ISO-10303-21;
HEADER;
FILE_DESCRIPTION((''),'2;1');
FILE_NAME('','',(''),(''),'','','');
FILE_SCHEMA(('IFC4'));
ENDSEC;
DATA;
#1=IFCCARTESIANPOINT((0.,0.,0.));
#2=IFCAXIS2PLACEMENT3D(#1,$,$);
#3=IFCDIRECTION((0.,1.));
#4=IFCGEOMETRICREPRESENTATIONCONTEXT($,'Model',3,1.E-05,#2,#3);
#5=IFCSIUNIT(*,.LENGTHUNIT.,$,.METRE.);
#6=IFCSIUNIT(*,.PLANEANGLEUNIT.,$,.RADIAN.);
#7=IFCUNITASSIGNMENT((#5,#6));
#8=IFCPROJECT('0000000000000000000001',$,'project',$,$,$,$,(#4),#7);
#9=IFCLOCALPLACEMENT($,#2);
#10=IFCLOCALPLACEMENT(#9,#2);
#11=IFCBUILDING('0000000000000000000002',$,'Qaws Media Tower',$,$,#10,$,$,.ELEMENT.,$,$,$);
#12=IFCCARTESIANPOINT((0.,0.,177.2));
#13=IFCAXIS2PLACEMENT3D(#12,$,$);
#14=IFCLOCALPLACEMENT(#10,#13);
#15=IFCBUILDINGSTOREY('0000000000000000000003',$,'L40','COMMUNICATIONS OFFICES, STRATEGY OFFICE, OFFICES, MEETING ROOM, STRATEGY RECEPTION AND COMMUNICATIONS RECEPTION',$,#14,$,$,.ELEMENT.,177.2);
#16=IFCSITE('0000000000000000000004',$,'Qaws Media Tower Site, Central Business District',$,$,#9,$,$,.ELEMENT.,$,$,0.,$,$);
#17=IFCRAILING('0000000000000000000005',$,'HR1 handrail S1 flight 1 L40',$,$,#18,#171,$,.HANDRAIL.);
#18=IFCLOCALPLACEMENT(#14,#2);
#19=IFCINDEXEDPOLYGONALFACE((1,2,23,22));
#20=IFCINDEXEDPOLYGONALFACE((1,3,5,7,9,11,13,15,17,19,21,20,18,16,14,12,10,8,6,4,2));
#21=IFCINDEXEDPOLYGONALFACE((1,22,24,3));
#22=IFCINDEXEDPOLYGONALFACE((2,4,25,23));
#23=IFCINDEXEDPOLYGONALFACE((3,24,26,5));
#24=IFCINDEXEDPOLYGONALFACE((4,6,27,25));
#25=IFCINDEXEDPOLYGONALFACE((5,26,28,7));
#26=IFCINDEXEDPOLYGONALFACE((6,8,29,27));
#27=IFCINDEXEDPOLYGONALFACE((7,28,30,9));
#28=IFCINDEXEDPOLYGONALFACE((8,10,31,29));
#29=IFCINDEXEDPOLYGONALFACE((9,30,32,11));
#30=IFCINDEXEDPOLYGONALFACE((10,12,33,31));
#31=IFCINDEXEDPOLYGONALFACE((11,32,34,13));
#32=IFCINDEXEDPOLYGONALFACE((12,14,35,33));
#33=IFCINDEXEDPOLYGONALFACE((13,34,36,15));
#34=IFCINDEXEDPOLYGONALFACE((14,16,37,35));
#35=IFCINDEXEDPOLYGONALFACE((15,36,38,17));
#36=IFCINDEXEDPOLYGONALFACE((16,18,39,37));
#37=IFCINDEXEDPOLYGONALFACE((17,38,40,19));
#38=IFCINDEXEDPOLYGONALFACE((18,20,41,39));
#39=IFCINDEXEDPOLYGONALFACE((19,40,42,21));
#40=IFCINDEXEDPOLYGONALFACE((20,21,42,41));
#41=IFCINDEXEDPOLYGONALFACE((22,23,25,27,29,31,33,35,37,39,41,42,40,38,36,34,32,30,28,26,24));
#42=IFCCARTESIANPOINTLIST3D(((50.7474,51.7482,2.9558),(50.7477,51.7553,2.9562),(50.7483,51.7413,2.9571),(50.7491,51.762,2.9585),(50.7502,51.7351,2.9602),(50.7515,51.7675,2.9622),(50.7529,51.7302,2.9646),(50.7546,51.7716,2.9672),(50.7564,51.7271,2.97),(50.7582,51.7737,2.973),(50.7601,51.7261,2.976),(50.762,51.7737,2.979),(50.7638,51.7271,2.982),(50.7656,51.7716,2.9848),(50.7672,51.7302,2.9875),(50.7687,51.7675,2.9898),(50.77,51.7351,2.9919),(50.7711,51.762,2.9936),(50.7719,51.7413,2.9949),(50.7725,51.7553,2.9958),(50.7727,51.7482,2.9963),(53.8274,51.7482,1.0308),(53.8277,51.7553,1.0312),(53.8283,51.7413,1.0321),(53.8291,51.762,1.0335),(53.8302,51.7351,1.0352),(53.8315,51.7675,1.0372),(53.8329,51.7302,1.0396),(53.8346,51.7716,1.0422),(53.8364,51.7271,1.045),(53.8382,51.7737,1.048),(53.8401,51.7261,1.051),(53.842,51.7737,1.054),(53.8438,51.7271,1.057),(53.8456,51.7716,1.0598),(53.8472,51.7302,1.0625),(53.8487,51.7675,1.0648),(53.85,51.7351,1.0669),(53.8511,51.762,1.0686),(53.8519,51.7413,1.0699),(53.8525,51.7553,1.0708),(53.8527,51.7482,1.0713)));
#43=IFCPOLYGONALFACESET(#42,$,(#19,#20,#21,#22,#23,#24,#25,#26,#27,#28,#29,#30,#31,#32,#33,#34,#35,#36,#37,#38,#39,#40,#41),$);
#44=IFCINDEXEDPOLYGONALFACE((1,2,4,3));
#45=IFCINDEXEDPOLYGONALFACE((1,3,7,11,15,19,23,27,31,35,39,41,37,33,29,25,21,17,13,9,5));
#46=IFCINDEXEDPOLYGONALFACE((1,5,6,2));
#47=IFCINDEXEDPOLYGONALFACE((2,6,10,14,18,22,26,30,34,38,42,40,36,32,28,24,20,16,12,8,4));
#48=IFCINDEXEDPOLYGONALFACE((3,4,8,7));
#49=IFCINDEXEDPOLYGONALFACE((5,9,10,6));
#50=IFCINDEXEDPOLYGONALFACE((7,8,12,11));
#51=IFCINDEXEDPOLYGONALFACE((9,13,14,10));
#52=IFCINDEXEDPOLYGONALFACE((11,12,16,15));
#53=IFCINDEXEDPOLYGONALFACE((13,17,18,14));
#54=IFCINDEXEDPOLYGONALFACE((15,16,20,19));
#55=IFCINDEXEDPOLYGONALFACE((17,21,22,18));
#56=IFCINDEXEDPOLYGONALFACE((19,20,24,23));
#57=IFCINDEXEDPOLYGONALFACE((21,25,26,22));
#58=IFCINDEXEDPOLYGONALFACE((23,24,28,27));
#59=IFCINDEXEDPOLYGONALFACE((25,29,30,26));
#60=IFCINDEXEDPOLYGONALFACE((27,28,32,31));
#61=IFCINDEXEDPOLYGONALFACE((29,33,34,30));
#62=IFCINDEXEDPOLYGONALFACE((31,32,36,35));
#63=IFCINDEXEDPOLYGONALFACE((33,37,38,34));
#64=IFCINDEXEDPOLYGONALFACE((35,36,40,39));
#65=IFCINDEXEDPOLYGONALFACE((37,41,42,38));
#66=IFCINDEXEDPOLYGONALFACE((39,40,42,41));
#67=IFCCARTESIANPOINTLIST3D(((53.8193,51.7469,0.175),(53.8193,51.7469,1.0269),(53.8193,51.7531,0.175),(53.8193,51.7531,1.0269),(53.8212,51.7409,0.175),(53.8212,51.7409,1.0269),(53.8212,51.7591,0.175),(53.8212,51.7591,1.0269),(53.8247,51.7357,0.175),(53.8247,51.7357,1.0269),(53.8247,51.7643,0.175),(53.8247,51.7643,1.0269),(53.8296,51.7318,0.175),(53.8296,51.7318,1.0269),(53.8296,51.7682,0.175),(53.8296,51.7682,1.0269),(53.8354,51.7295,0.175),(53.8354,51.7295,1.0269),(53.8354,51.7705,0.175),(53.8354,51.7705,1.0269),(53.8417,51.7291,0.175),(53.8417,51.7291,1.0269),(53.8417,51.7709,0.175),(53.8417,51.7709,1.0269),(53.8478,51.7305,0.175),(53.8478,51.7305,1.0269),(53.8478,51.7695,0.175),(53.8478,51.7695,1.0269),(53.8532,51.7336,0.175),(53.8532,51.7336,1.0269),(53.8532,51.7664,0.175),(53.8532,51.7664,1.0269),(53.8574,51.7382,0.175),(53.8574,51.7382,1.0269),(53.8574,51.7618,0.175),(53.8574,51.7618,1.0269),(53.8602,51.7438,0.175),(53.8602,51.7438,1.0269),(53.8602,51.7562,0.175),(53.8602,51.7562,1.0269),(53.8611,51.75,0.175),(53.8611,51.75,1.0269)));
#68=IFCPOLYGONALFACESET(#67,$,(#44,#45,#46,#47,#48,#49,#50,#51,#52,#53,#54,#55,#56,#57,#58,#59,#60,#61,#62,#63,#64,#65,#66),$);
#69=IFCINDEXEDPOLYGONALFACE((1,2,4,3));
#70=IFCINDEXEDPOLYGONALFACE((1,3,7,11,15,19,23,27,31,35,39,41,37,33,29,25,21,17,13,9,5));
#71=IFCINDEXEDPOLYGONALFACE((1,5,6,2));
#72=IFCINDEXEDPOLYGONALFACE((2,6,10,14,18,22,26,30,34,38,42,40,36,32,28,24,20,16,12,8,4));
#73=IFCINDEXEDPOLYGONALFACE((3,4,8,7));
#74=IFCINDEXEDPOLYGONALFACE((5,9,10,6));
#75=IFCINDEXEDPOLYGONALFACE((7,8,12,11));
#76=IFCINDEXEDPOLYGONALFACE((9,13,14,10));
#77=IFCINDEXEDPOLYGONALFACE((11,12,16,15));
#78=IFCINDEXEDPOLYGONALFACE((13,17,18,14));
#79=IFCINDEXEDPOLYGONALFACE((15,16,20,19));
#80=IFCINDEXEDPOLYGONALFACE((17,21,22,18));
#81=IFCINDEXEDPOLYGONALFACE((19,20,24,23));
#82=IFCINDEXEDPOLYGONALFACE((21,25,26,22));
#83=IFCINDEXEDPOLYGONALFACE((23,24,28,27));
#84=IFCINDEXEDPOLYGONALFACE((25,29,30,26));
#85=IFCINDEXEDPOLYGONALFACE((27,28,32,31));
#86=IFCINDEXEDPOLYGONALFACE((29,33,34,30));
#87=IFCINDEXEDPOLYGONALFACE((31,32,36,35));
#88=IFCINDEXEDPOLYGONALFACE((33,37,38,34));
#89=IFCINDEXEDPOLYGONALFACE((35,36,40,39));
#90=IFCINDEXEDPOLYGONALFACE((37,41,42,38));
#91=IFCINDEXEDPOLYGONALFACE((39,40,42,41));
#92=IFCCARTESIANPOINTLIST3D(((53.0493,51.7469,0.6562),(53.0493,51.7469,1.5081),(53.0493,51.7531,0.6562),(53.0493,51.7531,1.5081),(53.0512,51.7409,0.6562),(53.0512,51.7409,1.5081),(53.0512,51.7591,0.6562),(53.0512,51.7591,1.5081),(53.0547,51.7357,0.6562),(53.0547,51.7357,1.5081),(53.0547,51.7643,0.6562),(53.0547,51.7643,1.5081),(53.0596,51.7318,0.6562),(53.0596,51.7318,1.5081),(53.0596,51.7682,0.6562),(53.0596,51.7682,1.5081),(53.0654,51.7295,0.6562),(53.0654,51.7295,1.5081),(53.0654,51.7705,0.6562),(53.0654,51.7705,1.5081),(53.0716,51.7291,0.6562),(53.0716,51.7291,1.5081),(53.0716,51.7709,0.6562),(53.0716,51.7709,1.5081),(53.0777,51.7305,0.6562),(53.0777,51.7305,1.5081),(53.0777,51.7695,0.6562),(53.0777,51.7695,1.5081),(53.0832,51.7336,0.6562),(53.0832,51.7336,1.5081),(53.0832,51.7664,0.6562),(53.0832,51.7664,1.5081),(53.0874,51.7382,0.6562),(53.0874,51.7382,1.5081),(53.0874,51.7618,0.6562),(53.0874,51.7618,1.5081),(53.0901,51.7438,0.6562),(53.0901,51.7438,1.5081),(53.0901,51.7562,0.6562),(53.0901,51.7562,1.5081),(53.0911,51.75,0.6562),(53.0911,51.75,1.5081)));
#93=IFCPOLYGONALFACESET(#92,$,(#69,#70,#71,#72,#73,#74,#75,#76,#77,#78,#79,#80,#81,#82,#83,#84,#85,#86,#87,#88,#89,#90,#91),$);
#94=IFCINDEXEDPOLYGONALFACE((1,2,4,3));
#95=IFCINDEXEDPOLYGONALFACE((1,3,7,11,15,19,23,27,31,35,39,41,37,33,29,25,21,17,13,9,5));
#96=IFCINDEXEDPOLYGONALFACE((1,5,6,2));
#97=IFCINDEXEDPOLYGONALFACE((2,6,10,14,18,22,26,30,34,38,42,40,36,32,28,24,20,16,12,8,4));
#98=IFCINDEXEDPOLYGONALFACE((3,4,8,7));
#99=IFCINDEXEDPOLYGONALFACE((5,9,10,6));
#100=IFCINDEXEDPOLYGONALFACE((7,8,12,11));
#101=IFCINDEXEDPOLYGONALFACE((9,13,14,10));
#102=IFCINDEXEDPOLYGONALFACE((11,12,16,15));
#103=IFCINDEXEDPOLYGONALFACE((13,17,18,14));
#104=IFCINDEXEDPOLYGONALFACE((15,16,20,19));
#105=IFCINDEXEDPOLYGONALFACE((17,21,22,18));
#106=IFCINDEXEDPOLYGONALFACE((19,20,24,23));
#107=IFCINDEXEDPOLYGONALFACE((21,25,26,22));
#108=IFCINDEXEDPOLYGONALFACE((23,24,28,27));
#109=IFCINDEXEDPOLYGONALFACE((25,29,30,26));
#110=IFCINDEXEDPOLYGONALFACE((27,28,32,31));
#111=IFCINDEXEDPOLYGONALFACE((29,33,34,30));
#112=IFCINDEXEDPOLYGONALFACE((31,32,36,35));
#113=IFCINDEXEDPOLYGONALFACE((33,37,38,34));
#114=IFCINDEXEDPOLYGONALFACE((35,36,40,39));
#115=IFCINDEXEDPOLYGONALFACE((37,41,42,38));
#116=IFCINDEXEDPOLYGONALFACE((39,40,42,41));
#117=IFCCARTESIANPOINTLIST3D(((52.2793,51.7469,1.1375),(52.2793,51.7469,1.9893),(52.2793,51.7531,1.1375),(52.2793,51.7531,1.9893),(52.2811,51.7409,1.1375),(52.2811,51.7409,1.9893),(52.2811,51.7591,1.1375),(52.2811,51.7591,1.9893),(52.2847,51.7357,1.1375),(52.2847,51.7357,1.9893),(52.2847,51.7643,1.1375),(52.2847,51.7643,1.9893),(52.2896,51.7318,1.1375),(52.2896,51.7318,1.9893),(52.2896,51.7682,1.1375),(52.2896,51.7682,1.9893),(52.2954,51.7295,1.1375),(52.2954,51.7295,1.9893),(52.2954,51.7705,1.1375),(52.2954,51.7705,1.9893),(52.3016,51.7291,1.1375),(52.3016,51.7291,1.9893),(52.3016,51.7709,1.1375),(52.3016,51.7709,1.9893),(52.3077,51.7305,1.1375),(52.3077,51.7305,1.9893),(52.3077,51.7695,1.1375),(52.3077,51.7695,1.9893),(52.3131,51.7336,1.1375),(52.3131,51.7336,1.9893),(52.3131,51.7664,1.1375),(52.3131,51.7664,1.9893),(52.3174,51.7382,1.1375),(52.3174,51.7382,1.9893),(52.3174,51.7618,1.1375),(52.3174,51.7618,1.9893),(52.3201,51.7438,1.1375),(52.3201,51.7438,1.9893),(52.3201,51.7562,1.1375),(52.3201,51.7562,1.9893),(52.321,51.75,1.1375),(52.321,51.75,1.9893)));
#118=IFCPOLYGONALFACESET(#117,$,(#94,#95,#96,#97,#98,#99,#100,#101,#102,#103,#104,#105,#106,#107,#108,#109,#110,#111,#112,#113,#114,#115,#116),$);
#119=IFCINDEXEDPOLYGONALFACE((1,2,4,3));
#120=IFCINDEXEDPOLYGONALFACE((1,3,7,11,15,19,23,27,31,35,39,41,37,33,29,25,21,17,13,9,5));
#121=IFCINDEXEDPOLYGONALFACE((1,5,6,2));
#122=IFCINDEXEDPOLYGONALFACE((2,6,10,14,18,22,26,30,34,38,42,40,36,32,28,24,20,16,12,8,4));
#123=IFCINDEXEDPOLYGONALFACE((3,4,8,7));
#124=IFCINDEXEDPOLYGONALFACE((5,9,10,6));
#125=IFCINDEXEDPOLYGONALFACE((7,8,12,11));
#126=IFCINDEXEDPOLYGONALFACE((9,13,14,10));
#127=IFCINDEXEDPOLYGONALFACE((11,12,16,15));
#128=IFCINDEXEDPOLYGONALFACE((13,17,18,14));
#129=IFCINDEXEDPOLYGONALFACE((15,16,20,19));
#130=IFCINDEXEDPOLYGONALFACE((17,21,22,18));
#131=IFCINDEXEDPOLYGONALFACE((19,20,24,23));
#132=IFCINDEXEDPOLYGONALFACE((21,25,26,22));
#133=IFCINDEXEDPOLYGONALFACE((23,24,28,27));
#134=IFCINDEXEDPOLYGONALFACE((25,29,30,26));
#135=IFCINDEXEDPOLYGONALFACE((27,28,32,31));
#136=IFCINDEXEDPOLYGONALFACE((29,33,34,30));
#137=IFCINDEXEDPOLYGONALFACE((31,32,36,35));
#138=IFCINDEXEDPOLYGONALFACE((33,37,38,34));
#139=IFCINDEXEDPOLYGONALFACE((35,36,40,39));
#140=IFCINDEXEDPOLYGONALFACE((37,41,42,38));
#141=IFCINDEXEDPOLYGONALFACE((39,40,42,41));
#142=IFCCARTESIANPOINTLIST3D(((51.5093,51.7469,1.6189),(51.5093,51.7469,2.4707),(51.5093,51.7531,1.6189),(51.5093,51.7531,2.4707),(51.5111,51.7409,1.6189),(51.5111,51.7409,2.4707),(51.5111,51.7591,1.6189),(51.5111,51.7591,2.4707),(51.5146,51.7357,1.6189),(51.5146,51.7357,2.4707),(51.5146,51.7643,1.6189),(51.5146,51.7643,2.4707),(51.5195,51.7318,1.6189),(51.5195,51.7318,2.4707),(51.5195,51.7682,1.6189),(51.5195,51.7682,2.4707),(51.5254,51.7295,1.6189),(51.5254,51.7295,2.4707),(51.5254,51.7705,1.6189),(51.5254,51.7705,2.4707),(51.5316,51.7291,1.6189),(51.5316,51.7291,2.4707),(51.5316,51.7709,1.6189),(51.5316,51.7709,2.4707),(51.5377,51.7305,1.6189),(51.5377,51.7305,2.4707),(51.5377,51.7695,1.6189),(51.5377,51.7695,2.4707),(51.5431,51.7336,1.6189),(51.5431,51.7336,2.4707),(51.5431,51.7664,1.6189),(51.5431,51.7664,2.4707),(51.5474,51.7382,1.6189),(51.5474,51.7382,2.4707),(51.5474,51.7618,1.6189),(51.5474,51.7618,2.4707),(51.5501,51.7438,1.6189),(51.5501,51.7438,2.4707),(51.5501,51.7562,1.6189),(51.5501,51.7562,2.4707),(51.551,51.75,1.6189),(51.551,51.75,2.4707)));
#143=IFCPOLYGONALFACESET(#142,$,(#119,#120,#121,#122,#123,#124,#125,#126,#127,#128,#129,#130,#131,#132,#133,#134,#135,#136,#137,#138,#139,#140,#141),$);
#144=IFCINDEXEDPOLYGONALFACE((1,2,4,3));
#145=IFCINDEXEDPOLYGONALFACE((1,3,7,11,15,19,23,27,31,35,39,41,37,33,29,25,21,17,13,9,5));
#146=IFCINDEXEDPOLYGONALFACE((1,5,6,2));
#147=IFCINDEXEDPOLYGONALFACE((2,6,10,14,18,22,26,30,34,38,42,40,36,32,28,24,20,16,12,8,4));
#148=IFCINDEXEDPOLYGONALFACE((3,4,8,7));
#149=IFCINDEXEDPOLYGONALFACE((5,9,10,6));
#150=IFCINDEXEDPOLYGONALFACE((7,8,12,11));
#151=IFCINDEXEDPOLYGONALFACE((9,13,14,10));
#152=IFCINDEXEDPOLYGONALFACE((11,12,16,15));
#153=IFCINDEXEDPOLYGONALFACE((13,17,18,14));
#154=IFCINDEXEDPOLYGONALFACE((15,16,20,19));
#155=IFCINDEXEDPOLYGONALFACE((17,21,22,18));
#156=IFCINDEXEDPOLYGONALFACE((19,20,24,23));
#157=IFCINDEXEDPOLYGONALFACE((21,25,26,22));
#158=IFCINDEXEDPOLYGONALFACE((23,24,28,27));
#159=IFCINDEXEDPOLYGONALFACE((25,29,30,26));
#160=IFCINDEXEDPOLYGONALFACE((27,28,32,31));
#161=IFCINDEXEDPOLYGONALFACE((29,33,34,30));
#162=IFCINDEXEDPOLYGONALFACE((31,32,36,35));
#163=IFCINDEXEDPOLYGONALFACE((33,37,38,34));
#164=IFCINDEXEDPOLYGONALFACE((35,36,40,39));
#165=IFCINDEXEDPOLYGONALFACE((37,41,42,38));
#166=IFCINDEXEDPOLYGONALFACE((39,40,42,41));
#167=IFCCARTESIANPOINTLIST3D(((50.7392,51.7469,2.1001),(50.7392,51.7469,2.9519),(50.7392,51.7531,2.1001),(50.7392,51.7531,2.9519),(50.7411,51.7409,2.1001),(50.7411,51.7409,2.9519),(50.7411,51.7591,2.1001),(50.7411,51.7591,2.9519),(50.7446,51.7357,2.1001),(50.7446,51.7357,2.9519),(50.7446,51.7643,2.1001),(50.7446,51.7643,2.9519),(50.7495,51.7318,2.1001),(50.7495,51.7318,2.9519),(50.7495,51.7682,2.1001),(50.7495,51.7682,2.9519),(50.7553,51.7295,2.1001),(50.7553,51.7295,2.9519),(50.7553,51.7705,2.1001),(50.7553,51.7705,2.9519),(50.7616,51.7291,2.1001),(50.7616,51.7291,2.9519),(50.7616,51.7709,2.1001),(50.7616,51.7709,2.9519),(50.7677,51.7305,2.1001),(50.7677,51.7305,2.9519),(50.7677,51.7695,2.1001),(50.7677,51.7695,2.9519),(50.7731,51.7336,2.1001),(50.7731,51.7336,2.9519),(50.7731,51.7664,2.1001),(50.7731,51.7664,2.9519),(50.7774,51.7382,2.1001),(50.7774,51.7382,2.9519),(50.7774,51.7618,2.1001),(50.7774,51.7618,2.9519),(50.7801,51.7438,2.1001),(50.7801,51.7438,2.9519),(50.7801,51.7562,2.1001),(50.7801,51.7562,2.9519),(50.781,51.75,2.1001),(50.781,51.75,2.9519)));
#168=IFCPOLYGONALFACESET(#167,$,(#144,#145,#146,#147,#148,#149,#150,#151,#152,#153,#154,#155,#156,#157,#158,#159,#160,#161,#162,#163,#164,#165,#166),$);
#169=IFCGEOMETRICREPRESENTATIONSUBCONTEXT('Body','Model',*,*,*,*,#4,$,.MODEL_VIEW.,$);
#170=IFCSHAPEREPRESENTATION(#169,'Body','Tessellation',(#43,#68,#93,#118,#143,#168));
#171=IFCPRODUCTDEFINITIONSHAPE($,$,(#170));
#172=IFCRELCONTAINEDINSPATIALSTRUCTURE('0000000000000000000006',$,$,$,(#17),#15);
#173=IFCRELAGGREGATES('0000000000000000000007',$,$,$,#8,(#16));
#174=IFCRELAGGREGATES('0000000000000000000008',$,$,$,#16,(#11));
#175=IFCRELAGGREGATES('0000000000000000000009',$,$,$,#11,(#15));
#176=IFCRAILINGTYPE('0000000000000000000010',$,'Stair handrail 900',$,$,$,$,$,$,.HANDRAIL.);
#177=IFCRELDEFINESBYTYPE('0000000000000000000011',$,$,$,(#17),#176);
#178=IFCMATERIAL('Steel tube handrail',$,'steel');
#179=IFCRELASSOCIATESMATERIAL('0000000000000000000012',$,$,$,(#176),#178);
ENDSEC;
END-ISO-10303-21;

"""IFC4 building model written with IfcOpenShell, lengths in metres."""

from ifc_helpers import new_model, si_unit, direction, frame, origin, origin_2d, place, context, subcontext, project, spatial, circle, extrude, material, type_object, element, save


model = new_model("IFC4")

# Units and contexts
model_context = context("Model", 3, precision=1e-05, world=origin(), true_north=direction((0.0, 1.0)))
body_context = subcontext(model_context, "Body", "Model", "MODEL_VIEW")
ifc_project = project(units=[si_unit("LENGTHUNIT", "METRE"), si_unit("PLANEANGLEUNIT", "RADIAN")], contexts=[model_context])

# Site, building, storey
site_placement = place(None, origin())
site = spatial("IfcSite", under=ifc_project, at=site_placement, Name="Qaws Media Tower Site, Central Business District", CompositionType="ELEMENT", RefElevation=0.0)
building_placement = place(site_placement, origin())
building = spatial("IfcBuilding", under=site, at=building_placement, Name="Qaws Media Tower", CompositionType="ELEMENT")
storey_placement = place(building_placement, frame((0.0, 0.0, 177.2)))
storey = spatial("IfcBuildingStorey", under=building, at=storey_placement, Name="L40", Description="COMMUNICATIONS OFFICES, STRATEGY OFFICE, OFFICES, MEETING ROOM, STRATEGY RECEPTION AND COMMUNICATIONS RECEPTION", CompositionType="ELEMENT", Elevation=177.2)

# Railing
ifc_material_1 = material(Name="Steel tube handrail", Category="steel")
railing_type = type_object("IfcRailingType", Name="Stair handrail 900", PredefinedType="HANDRAIL", material=ifc_material_1)
for number, where, name in (
    (1, (53.8401, 51.75, 0.175), "HR1 handrail S1 flight 1 L40"),
):
    element("IfcRailing", number, at=place(storey_placement, frame(where)), inside=storey, type_object=railing_type, Name=name, PredefinedType="HANDRAIL", context=body_context, shape_type="SweptSolid", body=[
        extrude(circle(Radius=0.0239, at=origin_2d()), frame((0.0, 0.0, 0.876), z_axis=(-0.847998, 0.0, 0.529999), x_axis=(0.0, -1.0, 0.0)), (0.0, 0.0, 1.0), 3.6321),
        extrude(circle(Radius=0.021, at=origin_2d()), origin(), (0.0, 0.0, 1.0), 0.8518),
        extrude(circle(Radius=0.021, at=origin_2d()), frame((-0.77, 0.0, 0.4812)), (0.0, 0.0, 1.0), 0.8518),
        extrude(circle(Radius=0.021, at=origin_2d()), frame((-1.54, 0.0, 0.9624)), (0.0, 0.0, 1.0), 0.8518),
        extrude(circle(Radius=0.021, at=origin_2d()), frame((-2.3101, 0.0, 1.4438)), (0.0, 0.0, 1.0), 0.8518),
        extrude(circle(Radius=0.021, at=origin_2d()), frame((-3.0801, 0.0, 1.925)), (0.0, 0.0, 1.0), 0.8518),
    ])

save(model, "model.ifc")
